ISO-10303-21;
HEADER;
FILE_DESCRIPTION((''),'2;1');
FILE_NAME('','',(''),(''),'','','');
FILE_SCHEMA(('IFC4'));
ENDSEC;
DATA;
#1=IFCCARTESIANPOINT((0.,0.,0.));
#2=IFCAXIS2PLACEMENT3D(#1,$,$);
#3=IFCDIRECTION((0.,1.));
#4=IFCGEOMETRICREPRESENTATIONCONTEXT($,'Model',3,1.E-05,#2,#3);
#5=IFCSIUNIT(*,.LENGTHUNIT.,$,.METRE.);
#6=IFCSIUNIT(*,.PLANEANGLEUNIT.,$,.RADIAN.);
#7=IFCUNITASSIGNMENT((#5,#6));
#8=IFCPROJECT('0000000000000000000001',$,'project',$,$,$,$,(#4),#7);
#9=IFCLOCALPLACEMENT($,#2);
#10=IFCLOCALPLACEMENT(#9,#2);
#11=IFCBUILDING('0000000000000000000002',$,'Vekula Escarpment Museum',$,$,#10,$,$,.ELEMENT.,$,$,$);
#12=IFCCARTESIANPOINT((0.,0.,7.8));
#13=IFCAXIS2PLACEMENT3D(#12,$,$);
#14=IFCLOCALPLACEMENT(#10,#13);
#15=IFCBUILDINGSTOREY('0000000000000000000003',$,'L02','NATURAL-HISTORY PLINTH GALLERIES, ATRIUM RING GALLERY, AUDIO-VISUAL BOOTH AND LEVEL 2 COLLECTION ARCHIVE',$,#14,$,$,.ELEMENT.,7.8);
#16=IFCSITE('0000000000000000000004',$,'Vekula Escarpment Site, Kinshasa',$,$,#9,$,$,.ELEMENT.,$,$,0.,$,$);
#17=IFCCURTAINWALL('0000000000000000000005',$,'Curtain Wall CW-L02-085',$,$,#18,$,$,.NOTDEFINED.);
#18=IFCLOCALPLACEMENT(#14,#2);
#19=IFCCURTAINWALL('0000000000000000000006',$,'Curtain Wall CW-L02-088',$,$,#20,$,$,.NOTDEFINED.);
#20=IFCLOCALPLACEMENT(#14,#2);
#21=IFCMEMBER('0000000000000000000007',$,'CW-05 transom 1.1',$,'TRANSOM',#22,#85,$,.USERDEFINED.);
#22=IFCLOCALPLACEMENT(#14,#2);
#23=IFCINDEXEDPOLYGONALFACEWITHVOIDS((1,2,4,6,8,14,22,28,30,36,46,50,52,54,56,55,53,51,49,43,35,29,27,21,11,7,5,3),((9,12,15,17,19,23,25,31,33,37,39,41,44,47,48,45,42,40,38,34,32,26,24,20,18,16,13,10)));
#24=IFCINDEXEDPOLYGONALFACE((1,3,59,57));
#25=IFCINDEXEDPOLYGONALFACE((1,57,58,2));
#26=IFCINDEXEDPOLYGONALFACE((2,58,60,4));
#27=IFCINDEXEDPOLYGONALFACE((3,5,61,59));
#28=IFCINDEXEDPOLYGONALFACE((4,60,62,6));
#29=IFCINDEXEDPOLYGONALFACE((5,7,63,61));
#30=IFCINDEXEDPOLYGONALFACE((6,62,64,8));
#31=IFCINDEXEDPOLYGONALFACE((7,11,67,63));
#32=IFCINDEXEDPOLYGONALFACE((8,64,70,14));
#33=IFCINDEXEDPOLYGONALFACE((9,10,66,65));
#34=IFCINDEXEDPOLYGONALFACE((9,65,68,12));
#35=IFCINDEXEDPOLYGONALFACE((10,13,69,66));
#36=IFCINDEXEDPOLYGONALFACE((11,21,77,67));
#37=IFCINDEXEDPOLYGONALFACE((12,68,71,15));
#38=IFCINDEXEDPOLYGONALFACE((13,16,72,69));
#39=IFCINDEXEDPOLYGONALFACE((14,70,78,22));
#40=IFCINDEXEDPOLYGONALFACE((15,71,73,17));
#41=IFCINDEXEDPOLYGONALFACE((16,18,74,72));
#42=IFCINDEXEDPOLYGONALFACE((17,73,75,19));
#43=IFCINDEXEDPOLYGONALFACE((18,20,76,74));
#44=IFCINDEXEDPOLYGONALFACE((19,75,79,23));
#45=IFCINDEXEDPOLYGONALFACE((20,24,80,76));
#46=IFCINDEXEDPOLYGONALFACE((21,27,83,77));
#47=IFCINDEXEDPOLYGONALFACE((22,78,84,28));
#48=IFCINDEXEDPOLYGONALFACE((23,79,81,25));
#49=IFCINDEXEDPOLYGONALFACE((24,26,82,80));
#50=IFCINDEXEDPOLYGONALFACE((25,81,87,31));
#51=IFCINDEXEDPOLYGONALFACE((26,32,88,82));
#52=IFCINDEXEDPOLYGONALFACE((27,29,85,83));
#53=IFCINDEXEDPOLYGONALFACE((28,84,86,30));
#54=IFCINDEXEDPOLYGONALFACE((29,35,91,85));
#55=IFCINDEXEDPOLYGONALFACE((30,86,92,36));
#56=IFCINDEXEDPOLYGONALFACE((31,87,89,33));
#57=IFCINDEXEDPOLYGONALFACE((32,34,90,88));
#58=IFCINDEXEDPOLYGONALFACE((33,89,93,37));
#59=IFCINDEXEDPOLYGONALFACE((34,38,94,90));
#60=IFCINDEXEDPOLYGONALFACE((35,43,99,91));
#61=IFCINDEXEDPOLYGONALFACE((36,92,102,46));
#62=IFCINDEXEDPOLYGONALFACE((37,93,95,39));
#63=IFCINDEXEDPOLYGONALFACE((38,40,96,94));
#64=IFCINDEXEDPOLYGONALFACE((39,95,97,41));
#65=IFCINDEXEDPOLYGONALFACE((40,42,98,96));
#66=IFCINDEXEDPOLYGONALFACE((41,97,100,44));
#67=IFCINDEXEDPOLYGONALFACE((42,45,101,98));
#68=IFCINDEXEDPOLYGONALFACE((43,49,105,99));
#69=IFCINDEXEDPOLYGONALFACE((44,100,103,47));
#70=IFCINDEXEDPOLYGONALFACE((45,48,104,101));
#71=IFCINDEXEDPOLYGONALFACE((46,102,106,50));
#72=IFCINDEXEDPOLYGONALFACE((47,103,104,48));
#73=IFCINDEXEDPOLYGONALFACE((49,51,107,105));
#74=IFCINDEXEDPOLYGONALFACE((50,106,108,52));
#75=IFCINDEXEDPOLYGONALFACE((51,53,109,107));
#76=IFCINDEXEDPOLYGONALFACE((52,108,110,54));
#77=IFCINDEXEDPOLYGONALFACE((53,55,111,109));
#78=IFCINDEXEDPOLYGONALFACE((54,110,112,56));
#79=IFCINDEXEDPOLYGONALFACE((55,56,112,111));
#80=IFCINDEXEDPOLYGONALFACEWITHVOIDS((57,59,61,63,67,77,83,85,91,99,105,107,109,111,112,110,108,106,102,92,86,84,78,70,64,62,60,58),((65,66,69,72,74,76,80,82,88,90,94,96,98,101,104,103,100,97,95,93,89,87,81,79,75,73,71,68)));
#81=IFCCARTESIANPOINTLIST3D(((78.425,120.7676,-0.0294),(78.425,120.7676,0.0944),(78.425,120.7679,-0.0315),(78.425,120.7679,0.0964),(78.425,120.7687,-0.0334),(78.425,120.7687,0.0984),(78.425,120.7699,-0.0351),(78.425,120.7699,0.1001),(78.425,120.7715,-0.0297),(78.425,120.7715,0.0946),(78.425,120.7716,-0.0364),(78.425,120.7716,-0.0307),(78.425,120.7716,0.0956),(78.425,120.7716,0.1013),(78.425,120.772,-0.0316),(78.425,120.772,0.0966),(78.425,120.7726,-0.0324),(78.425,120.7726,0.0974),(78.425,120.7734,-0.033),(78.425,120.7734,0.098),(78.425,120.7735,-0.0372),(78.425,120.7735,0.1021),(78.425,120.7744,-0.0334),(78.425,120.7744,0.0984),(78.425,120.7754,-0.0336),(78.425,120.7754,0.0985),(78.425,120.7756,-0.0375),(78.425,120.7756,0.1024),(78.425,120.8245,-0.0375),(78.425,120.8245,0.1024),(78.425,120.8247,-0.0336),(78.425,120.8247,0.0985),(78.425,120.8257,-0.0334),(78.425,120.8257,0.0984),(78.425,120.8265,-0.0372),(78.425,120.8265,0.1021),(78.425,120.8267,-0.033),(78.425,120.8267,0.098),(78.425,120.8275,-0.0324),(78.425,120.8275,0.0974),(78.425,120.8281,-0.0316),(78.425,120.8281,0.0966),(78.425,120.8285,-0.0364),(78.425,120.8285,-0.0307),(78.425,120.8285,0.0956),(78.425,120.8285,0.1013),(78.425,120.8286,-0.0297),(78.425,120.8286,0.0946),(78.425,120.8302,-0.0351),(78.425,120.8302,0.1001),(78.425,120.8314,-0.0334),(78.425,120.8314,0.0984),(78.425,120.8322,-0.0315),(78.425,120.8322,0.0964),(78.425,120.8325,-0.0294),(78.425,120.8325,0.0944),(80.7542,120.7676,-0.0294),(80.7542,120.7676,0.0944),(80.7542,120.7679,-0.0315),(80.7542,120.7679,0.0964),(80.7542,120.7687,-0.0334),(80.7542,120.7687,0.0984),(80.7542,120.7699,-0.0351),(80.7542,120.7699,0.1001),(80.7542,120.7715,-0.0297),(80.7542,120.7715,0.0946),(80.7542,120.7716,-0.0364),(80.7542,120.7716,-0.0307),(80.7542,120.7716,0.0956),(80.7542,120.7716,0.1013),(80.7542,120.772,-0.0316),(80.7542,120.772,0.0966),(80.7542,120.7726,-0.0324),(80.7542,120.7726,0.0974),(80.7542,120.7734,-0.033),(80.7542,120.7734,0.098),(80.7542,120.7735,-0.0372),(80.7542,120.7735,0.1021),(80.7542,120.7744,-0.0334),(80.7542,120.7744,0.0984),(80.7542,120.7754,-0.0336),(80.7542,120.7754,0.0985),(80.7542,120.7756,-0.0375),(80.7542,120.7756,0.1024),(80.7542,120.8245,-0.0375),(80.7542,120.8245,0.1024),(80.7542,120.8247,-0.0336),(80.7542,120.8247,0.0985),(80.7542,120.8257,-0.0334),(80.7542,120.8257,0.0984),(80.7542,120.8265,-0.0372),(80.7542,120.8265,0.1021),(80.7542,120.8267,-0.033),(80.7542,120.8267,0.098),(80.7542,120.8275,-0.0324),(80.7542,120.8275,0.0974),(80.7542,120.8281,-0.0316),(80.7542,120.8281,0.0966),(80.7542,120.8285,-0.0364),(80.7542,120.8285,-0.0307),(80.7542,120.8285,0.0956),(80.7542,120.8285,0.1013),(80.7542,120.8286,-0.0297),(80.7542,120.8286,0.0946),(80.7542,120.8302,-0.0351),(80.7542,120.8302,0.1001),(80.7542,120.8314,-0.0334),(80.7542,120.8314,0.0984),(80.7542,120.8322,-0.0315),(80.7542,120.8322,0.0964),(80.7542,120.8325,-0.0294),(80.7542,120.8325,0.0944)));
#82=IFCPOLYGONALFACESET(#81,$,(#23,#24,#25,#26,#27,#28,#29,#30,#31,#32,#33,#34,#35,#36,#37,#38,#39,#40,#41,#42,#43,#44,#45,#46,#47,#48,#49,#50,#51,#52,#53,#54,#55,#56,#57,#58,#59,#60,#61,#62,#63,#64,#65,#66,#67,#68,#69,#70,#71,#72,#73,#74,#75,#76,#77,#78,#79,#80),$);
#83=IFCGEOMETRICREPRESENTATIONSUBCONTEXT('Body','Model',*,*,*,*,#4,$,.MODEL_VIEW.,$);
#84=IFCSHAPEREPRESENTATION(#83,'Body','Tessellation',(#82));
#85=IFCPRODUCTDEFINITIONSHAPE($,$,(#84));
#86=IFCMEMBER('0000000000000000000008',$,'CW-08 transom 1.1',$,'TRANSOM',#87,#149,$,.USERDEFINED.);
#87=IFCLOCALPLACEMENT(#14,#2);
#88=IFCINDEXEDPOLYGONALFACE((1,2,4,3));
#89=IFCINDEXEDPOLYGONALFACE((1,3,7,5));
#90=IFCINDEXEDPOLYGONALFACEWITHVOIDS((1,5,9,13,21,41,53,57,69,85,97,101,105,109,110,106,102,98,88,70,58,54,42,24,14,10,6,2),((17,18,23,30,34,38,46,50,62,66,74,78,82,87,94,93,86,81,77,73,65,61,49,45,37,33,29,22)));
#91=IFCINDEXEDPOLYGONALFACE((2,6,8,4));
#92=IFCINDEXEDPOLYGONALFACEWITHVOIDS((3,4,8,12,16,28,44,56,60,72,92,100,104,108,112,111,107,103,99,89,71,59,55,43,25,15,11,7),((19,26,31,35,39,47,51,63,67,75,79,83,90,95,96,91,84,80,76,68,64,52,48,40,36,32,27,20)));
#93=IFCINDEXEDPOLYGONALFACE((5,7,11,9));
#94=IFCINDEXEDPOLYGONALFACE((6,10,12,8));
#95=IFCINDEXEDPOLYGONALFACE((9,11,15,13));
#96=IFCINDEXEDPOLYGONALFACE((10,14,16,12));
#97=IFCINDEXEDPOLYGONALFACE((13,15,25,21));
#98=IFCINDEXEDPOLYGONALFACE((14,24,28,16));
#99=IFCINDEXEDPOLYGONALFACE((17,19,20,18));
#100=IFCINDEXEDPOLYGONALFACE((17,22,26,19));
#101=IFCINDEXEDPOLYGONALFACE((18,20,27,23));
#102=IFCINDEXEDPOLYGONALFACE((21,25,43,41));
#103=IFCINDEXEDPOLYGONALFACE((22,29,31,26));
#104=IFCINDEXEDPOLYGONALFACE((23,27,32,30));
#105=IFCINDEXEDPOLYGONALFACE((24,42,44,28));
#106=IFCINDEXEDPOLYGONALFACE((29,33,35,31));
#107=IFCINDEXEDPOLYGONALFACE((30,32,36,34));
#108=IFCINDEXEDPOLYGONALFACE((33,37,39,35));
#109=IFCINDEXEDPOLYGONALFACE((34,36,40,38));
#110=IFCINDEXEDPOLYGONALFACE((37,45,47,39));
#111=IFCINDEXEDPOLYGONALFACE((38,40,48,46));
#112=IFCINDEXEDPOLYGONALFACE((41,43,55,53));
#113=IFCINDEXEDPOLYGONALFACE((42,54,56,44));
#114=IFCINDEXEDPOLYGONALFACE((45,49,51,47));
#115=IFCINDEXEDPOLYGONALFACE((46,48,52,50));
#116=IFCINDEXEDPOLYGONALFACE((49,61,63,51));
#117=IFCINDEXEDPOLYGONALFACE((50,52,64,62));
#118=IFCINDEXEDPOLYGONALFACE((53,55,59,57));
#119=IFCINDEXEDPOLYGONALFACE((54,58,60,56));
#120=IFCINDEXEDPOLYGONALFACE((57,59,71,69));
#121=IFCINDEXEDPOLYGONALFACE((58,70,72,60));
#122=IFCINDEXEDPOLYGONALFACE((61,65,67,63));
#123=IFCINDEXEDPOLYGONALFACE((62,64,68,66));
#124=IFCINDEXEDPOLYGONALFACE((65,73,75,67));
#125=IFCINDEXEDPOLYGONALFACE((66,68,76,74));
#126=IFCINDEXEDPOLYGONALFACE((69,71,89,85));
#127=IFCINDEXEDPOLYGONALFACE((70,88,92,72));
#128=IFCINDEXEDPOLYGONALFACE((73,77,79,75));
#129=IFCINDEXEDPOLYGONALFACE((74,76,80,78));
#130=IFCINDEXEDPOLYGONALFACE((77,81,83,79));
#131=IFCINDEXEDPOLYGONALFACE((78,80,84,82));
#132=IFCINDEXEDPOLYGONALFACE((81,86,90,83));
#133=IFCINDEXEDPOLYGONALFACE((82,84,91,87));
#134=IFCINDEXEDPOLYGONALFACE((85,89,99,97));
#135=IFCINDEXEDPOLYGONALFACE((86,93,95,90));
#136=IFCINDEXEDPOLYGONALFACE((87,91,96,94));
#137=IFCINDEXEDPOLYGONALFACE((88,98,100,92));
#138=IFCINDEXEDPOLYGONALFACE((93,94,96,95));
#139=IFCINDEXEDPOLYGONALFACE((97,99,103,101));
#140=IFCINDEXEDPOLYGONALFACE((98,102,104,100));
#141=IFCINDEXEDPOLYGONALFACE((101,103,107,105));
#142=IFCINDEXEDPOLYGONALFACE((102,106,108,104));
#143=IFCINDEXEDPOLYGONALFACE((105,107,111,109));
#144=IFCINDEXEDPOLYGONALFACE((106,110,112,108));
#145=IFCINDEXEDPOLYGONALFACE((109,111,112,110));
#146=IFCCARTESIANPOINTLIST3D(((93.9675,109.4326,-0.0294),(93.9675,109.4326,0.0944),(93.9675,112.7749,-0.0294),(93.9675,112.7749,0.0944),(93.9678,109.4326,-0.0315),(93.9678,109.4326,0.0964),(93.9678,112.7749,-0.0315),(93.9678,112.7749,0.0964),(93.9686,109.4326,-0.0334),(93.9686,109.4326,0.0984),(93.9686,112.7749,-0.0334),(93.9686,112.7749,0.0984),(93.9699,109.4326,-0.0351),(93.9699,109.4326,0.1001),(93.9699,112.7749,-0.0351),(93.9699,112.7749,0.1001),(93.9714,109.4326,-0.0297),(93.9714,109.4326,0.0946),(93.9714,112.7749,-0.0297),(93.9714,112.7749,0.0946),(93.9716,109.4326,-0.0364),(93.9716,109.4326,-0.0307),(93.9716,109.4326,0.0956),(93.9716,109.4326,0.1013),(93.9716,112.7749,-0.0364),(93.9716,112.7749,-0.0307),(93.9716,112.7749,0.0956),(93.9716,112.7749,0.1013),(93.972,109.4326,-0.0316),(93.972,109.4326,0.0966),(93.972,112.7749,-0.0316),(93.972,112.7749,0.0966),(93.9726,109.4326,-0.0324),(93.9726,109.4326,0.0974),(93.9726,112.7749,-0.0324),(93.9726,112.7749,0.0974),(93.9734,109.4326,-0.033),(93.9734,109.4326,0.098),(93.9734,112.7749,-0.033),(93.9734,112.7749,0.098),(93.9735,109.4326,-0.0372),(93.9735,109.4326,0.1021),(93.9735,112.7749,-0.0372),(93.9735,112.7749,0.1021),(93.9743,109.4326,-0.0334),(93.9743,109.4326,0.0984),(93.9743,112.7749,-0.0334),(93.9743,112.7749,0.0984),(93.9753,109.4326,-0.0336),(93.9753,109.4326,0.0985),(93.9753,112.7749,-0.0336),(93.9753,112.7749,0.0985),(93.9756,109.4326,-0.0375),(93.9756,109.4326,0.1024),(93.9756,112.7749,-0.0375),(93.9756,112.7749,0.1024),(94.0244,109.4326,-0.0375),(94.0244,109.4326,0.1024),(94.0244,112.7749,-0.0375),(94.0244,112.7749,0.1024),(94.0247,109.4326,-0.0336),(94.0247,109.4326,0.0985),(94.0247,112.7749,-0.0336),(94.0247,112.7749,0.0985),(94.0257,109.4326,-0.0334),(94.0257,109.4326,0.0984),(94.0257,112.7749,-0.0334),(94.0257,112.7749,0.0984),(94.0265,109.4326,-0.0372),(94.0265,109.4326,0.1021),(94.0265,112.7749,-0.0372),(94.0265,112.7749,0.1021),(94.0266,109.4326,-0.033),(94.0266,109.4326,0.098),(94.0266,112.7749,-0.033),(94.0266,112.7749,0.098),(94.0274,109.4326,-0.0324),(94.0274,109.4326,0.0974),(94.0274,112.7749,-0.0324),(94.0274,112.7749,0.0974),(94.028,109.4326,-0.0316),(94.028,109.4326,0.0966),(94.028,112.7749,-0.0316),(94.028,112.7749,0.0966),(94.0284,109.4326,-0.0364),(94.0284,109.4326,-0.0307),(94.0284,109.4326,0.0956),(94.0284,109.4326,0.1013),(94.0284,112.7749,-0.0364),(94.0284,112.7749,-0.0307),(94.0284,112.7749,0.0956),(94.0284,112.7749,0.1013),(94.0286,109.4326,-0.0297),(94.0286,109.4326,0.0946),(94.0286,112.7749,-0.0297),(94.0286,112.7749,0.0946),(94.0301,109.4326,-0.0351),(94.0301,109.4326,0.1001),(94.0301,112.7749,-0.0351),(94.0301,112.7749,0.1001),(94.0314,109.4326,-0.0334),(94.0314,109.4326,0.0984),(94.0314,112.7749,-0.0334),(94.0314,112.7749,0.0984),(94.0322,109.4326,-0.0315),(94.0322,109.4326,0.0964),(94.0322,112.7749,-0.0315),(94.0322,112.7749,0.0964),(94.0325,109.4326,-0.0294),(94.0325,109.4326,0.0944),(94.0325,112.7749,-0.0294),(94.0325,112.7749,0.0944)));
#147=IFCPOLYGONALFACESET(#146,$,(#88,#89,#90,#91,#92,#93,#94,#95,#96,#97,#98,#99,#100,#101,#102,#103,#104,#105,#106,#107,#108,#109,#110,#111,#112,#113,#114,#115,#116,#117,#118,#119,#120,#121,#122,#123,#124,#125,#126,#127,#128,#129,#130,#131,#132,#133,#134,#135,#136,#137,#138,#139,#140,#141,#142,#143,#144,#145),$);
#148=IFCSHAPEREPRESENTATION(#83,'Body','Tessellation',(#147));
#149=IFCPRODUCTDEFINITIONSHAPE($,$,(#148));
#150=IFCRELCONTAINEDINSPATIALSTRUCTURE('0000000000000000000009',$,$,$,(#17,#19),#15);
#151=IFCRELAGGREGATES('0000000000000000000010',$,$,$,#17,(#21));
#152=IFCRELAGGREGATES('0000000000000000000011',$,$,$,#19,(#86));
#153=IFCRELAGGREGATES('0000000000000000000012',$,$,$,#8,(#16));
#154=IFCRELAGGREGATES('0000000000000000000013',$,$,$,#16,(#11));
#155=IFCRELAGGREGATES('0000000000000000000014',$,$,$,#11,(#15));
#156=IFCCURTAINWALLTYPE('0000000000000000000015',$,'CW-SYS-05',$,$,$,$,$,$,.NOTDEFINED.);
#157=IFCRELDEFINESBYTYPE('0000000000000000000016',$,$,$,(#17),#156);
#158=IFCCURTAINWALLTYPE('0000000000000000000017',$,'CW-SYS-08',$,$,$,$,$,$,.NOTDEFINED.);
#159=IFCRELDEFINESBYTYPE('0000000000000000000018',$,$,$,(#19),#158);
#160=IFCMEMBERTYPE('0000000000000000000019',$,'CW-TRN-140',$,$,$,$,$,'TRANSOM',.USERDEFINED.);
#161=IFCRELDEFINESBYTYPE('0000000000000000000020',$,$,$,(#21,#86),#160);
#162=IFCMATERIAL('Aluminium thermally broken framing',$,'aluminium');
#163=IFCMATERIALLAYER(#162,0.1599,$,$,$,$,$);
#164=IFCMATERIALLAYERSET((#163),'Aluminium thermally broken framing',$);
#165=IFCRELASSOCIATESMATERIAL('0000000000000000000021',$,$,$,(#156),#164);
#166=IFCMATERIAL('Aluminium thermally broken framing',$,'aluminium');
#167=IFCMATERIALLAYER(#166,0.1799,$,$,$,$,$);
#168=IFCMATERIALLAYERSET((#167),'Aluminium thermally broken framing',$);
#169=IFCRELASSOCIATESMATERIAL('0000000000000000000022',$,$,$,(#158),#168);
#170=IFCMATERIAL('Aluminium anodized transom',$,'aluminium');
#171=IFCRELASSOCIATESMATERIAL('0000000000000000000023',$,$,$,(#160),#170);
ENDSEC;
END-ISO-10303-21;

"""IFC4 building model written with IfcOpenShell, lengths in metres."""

from ifc_helpers import new_model, si_unit, direction, frame, origin, origin_2d, place, context, subcontext, project, spatial, hollow_rectangle, extrude, material, layer, layer_set, material_profile, profile_set, type_object, element, aggregate, save


model = new_model("IFC4")

# Units and contexts
model_context = context("Model", 3, precision=1e-05, world=origin(), true_north=direction((0.0, 1.0)))
body_context = subcontext(model_context, "Body", "Model", "MODEL_VIEW")
ifc_project = project(units=[si_unit("LENGTHUNIT", "METRE"), si_unit("PLANEANGLEUNIT", "RADIAN")], contexts=[model_context])

# Site, building, storey
site_placement = place(None, origin())
site = spatial("IfcSite", under=ifc_project, at=site_placement, Name="Vekula Escarpment Site, Kinshasa", CompositionType="ELEMENT", RefElevation=0.0)
building_placement = place(site_placement, origin())
building = spatial("IfcBuilding", under=site, at=building_placement, Name="Vekula Escarpment Museum", CompositionType="ELEMENT")
storey_placement = place(building_placement, frame((0.0, 0.0, 7.8)))
storey = spatial("IfcBuildingStorey", under=building, at=storey_placement, Name="L02", Description="NATURAL-HISTORY PLINTH GALLERIES, ATRIUM RING GALLERY, AUDIO-VISUAL BOOTH AND LEVEL 2 COLLECTION ARCHIVE", CompositionType="ELEMENT", Elevation=7.8)

# Curtain walls
ifc_material_1 = material(Name="Aluminium thermally broken framing", Category="aluminium")
ifc_layer_1 = layer(ifc_material_1, 0.1599)
ifc_layer_set_1 = layer_set([ifc_layer_1], Name="Aluminium thermally broken framing")
curtain_wall_type_1 = type_object("IfcCurtainWallType", Name="CW-SYS-05", PredefinedType="NOTDEFINED", material=ifc_layer_set_1)
curtain_wall_1_placement = place(storey_placement, origin())
curtain_wall_1 = element("IfcCurtainWall", 1, at=curtain_wall_1_placement, inside=storey, type_object=curtain_wall_type_1, Name="Curtain Wall CW-L02-085", PredefinedType="NOTDEFINED")
ifc_material_2 = material(Name="Aluminium thermally broken framing", Category="aluminium")
ifc_layer_2 = layer(ifc_material_2, 0.1799)
ifc_layer_set_2 = layer_set([ifc_layer_2], Name="Aluminium thermally broken framing")
curtain_wall_type_2 = type_object("IfcCurtainWallType", Name="CW-SYS-08", PredefinedType="NOTDEFINED", material=ifc_layer_set_2)
curtain_wall_2_placement = place(storey_placement, origin())
curtain_wall_2 = element("IfcCurtainWall", 2, at=curtain_wall_2_placement, inside=storey, type_object=curtain_wall_type_2, Name="Curtain Wall CW-L02-088", PredefinedType="NOTDEFINED")

# Members
ifc_material_3 = material(Name="Aluminium anodized transom", Category="aluminium")
ifc_material_profile_1 = material_profile(ifc_material_3, hollow_rectangle(XDim=0.0649, YDim=0.1399, WallThickness=0.0039, InnerFilletRadius=0.0039, OuterFilletRadius=0.0081, at=origin_2d()), Name="ALU 140x65x4")
ifc_profile_set_1 = profile_set([ifc_material_profile_1], Name="Aluminium anodized transom")
member_type_1 = type_object("IfcMemberType", Name="CW-TRN-140", ElementType="TRANSOM", PredefinedType="USERDEFINED", material=ifc_profile_set_1)
member_1_placement = place(storey_placement, frame((78.425, 120.8, 0.0325), z_axis=(1.0, 0.0, 0.0), x_axis=(0.0, 1.0, 0.0)))
member_1 = element("IfcMember", 3, at=member_1_placement, type_object=member_type_1, Name="CW-05 transom 1.1", ObjectType="TRANSOM", PredefinedType="USERDEFINED", context=body_context, shape_type="SweptSolid", body=[
    extrude(hollow_rectangle(XDim=0.0649, YDim=0.1399, WallThickness=0.0039, InnerFilletRadius=0.0039, OuterFilletRadius=0.0081, at=origin_2d()), origin(), (0.0, 0.0, 1.0), 2.3291),
])
aggregate(curtain_wall_1, [member_1])
member_2_placement = place(storey_placement, frame((94.0, 112.7749, 0.0325), z_axis=(0.0, -1.0, 0.0), x_axis=(1.0, 0.0, 0.0)))
member_2 = element("IfcMember", 4, at=member_2_placement, type_object=member_type_1, Name="CW-08 transom 1.1", ObjectType="TRANSOM", PredefinedType="USERDEFINED", context=body_context, shape_type="SweptSolid", body=[
    extrude(hollow_rectangle(XDim=0.0649, YDim=0.1399, WallThickness=0.0039, InnerFilletRadius=0.0039, OuterFilletRadius=0.0081, at=origin_2d()), origin(), (0.0, 0.0, 1.0), 3.3423),
])

aggregate(curtain_wall_2, [member_2])

save(model, "model.ifc")
